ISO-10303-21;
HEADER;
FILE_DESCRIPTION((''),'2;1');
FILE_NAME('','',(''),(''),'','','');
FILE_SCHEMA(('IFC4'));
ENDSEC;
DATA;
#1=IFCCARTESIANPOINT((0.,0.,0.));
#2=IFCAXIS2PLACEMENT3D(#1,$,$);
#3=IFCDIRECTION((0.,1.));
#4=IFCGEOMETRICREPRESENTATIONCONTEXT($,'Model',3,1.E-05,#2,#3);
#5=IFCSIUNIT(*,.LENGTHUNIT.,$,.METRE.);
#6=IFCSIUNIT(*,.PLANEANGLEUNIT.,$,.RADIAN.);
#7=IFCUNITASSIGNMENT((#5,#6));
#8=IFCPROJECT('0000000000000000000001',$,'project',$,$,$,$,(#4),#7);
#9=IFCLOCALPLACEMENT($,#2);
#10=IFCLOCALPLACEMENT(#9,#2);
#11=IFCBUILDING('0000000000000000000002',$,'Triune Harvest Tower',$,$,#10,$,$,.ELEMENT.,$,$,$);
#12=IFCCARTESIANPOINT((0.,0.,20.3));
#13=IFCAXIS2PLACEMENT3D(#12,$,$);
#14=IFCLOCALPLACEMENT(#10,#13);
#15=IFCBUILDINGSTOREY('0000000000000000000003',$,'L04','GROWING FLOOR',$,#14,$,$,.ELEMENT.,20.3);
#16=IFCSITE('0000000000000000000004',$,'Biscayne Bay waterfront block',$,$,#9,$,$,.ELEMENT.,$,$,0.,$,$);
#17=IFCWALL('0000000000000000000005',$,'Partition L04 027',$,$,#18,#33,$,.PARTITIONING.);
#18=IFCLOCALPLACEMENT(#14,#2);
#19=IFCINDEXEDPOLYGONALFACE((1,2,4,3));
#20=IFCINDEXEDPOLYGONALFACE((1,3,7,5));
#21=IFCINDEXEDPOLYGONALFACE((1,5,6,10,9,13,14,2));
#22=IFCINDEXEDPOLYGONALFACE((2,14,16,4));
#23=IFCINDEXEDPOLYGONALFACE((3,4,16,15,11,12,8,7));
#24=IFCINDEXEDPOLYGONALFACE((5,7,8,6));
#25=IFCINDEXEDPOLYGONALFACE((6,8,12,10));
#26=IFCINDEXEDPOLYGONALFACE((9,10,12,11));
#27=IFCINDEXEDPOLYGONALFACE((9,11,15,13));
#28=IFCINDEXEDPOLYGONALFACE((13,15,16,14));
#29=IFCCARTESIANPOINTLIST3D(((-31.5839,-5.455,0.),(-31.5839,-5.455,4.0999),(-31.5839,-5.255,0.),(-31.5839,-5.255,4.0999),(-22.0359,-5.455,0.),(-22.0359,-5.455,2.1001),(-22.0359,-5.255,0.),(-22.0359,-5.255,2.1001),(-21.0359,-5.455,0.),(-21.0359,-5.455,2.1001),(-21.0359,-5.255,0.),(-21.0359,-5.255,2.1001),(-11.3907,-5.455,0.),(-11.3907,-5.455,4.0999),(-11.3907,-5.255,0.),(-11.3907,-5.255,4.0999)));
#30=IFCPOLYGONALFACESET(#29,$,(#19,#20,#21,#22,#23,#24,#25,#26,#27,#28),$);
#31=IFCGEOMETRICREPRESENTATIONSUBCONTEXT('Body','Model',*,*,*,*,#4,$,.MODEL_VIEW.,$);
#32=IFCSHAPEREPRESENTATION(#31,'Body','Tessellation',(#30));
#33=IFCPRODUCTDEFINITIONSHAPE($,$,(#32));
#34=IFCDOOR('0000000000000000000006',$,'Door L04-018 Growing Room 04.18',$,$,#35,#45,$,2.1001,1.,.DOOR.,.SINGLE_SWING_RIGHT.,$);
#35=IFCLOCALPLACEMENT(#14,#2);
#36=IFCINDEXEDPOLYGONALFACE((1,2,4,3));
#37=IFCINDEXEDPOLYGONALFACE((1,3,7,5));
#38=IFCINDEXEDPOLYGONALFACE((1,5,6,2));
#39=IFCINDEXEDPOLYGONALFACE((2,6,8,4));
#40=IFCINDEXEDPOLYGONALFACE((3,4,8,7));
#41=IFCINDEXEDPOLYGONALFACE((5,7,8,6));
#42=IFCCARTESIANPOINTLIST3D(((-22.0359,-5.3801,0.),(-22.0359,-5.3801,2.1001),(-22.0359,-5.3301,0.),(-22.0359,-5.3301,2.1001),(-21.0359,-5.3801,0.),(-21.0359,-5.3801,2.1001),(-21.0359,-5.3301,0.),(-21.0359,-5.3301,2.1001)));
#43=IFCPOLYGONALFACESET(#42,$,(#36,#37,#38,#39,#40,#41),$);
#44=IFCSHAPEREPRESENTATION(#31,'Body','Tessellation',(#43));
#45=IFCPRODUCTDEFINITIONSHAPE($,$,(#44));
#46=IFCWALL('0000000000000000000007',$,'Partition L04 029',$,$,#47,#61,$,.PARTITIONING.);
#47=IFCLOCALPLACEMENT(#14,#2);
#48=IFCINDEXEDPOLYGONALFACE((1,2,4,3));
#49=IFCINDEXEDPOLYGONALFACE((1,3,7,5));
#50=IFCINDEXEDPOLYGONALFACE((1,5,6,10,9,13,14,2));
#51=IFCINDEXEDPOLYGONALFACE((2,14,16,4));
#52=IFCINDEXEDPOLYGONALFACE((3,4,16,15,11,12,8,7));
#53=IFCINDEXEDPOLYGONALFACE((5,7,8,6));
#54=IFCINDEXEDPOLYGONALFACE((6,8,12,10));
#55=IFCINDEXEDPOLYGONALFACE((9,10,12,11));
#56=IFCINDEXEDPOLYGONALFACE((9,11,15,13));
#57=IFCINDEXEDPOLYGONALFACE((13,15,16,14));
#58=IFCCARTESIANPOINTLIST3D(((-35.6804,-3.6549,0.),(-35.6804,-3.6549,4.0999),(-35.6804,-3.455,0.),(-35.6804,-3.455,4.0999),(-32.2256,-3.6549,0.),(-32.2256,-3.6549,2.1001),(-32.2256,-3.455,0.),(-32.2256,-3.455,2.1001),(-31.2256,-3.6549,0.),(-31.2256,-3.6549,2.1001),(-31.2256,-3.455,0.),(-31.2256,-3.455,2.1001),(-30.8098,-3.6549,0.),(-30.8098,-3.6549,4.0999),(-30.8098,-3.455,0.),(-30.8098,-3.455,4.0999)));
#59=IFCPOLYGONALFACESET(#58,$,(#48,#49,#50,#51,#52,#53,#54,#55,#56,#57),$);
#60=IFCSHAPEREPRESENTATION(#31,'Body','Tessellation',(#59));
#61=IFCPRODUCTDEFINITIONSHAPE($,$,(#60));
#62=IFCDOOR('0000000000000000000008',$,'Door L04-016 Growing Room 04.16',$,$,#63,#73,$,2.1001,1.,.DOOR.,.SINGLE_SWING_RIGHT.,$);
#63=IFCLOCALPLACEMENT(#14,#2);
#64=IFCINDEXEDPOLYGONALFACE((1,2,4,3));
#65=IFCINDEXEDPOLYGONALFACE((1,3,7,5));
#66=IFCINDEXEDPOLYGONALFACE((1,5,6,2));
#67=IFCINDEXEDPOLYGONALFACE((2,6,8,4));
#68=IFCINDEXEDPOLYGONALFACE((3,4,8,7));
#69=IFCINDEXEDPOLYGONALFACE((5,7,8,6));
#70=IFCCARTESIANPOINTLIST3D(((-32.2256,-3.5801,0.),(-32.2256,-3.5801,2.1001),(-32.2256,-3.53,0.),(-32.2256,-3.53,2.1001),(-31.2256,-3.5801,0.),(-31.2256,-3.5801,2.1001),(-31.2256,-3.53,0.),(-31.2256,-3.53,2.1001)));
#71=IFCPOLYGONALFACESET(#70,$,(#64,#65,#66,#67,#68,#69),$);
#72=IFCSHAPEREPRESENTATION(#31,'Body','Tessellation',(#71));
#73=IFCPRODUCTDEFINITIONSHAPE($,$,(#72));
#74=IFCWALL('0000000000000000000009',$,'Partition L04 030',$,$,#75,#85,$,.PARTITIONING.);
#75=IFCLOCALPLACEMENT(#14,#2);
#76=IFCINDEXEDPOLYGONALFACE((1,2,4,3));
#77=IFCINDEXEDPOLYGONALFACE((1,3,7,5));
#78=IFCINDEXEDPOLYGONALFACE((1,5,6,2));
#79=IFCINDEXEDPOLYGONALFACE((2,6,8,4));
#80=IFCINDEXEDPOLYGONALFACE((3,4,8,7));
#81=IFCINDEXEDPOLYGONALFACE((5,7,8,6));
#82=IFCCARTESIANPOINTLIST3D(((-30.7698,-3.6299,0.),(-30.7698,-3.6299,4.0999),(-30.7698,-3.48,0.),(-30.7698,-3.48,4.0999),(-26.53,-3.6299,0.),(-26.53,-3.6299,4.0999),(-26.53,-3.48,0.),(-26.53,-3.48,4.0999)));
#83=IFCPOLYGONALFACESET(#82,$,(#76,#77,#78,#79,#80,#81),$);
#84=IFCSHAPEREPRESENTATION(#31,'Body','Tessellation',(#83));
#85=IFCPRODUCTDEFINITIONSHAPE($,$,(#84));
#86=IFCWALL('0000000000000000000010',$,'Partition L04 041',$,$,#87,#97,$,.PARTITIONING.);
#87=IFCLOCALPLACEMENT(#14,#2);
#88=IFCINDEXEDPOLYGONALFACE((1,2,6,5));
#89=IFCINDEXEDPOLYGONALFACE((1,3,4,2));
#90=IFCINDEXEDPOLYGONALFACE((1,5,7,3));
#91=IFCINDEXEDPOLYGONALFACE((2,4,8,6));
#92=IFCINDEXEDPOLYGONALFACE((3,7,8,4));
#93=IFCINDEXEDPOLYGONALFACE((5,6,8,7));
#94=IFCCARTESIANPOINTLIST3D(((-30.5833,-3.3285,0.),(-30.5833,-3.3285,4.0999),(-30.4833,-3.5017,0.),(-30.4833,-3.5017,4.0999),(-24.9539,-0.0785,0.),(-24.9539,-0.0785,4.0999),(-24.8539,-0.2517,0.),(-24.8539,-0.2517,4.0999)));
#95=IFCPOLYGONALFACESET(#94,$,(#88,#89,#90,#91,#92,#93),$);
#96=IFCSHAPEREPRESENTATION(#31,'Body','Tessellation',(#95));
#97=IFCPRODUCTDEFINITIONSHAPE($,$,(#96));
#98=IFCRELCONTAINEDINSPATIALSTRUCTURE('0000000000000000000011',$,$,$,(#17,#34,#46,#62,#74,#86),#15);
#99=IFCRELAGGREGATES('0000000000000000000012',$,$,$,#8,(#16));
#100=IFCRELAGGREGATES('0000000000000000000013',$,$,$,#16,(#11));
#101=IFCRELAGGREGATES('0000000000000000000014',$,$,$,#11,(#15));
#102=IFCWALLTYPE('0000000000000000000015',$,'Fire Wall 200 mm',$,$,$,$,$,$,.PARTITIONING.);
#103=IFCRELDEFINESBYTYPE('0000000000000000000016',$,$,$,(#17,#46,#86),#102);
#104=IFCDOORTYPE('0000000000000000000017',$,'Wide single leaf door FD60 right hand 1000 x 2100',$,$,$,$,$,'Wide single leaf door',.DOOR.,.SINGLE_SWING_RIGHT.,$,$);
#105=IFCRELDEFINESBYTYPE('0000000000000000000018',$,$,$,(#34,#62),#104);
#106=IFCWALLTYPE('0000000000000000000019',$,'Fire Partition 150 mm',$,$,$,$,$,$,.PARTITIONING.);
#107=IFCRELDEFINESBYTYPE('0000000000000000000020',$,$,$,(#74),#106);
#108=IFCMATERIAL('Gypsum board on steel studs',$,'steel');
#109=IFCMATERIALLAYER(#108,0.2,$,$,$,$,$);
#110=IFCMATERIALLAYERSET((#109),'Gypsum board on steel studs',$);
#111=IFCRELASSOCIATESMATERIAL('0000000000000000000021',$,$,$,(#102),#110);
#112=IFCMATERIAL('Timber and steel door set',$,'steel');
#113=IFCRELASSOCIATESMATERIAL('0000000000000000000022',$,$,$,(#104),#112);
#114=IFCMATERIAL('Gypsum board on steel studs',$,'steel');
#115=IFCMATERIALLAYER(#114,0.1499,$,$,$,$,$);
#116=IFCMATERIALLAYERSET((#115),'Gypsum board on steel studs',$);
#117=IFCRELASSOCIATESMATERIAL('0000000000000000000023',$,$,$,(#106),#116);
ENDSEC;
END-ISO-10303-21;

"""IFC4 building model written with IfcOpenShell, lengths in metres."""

from ifc_helpers import new_model, si_unit, direction, frame, frame_2d, origin, place, context, subcontext, project, spatial, rectangle, extrude, source, transform, mapped, material, layer, layer_set, type_object, element, fill, save


model = new_model("IFC4")

# Units and contexts
model_context = context("Model", 3, precision=1e-05, world=origin(), true_north=direction((0.0, 1.0)))
body_context = subcontext(model_context, "Body", "Model", "MODEL_VIEW")
ifc_project = project(units=[si_unit("LENGTHUNIT", "METRE"), si_unit("PLANEANGLEUNIT", "RADIAN")], contexts=[model_context])

# Site, building, storey
site_placement = place(None, origin())
site = spatial("IfcSite", under=ifc_project, at=site_placement, Name="Biscayne Bay waterfront block", CompositionType="ELEMENT", RefElevation=0.0)
building_placement = place(site_placement, origin())
building = spatial("IfcBuilding", under=site, at=building_placement, Name="Triune Harvest Tower", CompositionType="ELEMENT")
storey_placement = place(building_placement, frame((0.0, 0.0, 20.3)))
storey = spatial("IfcBuildingStorey", under=building, at=storey_placement, Name="L04", Description="GROWING FLOOR", CompositionType="ELEMENT", Elevation=20.3)

# Shared definitions
ifc_material_1 = material(Name="Gypsum board on steel studs", Category="steel")
ifc_layer_1 = layer(ifc_material_1, 0.2)
ifc_layer_set_1 = layer_set([ifc_layer_1], Name="Gypsum board on steel studs")
wall_type_1 = type_object("IfcWallType", Name="Fire Wall 200 mm", PredefinedType="PARTITIONING", material=ifc_layer_set_1)

# Walls, openings, doors
shared_shape_1 = source(origin(), body_context, "Body", "SweptSolid", [
    extrude(rectangle(XDim=20.1931, YDim=0.2, at=frame_2d((10.0967, 0.0))), origin(), (0.0, 0.0, 1.0), 4.0999),
])
wall_1_placement = place(storey_placement, frame((-31.584, -5.355, 0.0), z_axis=(0.0, 0.0, 1.0), x_axis=(1.0, 0.0, 0.0)))
wall_1 = element("IfcWall", 1, at=wall_1_placement, inside=storey, type_object=wall_type_1, Name="Partition L04 027", PredefinedType="PARTITIONING", context=body_context, shape_type="MappedRepresentation", body=[
    mapped(shared_shape_1, transform((0.0, 0.0, 0.0), scale=1.0)),
])
opening_1_placement = place(wall_1_placement, frame((9.5481, 0.0, 0.0)))
opening_1 = element("IfcOpeningElement", 2, at=opening_1_placement, cuts=wall_1, PredefinedType="OPENING", context=body_context, shape_type="SweptSolid", body=[
    extrude(rectangle(XDim=1.0, YDim=2.1001, at=frame_2d((0.5, 1.05))), frame((0.0, 0.1099, 0.0), z_axis=(0.0, -1.0, 0.0), x_axis=(1.0, 0.0, 0.0)), (0.0, 0.0, 1.0), 0.22),
])
ifc_material_2 = material(Name="Timber and steel door set", Category="steel")
door_type = type_object("IfcDoorType", Name="Wide single leaf door FD60 right hand 1000 x 2100", ElementType="Wide single leaf door", OperationType="SINGLE_SWING_RIGHT", PredefinedType="DOOR", material=ifc_material_2)
door_1_placement = place(opening_1_placement, origin())
door_1 = element("IfcDoor", 3, at=door_1_placement, inside=storey, type_object=door_type, Name="Door L04-018 Growing Room 04.18", OperationType="SINGLE_SWING_RIGHT", OverallHeight=2.1001, OverallWidth=1.0, PredefinedType="DOOR", context=body_context, shape_type="SweptSolid", body=[
    extrude(rectangle(XDim=1.0, YDim=2.1001, at=frame_2d((0.5, 1.05))), frame((0.0, 0.0249, 0.0), z_axis=(0.0, -1.0, 0.0), x_axis=(1.0, 0.0, 0.0)), (0.0, 0.0, 1.0), 0.05),
])
fill(opening_1, door_1)
shared_shape_2 = source(origin(), body_context, "Body", "SweptSolid", [
    extrude(rectangle(XDim=4.8706, YDim=0.2, at=frame_2d((2.4353, 0.0))), origin(), (0.0, 0.0, 1.0), 4.0999),
])
wall_2_placement = place(storey_placement, frame((-35.6804, -3.5549, 0.0), z_axis=(0.0, 0.0, 1.0), x_axis=(1.0, 0.0, 0.0)))
wall_2 = element("IfcWall", 4, at=wall_2_placement, inside=storey, type_object=wall_type_1, Name="Partition L04 029", PredefinedType="PARTITIONING", context=body_context, shape_type="MappedRepresentation", body=[
    mapped(shared_shape_2, transform((0.0, 0.0, 0.0), scale=1.0)),
])
opening_2_placement = place(wall_2_placement, frame((3.4548, 0.0, 0.0)))
opening_2 = element("IfcOpeningElement", 5, at=opening_2_placement, cuts=wall_2, PredefinedType="OPENING", context=body_context, shape_type="SweptSolid", body=[
    extrude(rectangle(XDim=1.0, YDim=2.1001, at=frame_2d((0.5, 1.05))), frame((0.0, 0.1099, 0.0), z_axis=(0.0, -1.0, 0.0), x_axis=(1.0, 0.0, 0.0)), (0.0, 0.0, 1.0), 0.22),
])
door_2_placement = place(opening_2_placement, origin())
door_2 = element("IfcDoor", 6, at=door_2_placement, inside=storey, type_object=door_type, Name="Door L04-016 Growing Room 04.16", OperationType="SINGLE_SWING_RIGHT", OverallHeight=2.1001, OverallWidth=1.0, PredefinedType="DOOR", context=body_context, shape_type="SweptSolid", body=[
    extrude(rectangle(XDim=1.0, YDim=2.1001, at=frame_2d((0.5, 1.05))), frame((0.0, 0.0249, 0.0), z_axis=(0.0, -1.0, 0.0), x_axis=(1.0, 0.0, 0.0)), (0.0, 0.0, 1.0), 0.05),
])
fill(opening_2, door_2)

# Walls
ifc_material_3 = material(Name="Gypsum board on steel studs", Category="steel")
ifc_layer_2 = layer(ifc_material_3, 0.1499)
ifc_layer_set_2 = layer_set([ifc_layer_2], Name="Gypsum board on steel studs")
wall_type_2 = type_object("IfcWallType", Name="Fire Partition 150 mm", PredefinedType="PARTITIONING", material=ifc_layer_set_2)
shared_shape_3 = source(origin(), body_context, "Body", "SweptSolid", [
    extrude(rectangle(XDim=4.2397, YDim=0.1499, at=frame_2d((2.1199, 0.0))), origin(), (0.0, 0.0, 1.0), 4.0999),
])
wall_3_placement = place(storey_placement, frame((-30.7698, -3.5549, 0.0), z_axis=(0.0, 0.0, 1.0), x_axis=(1.0, 0.0, 0.0)))
element("IfcWall", 7, at=wall_3_placement, inside=storey, type_object=wall_type_2, Name="Partition L04 030", PredefinedType="PARTITIONING", context=body_context, shape_type="MappedRepresentation", body=[
    mapped(shared_shape_3, transform((0.0, 0.0, 0.0), scale=1.0)),
])
shared_shape_4 = source(origin(), body_context, "Body", "SweptSolid", [
    extrude(rectangle(XDim=6.5002, YDim=0.2, at=frame_2d((3.25, 0.0))), origin(), (0.0, 0.0, 1.0), 4.0999),
])
wall_4_placement = place(storey_placement, frame((-30.5332, -3.415, 0.0), z_axis=(0.0, 0.0, 1.0), x_axis=(0.866034, 0.499985, 0.0)))
element("IfcWall", 8, at=wall_4_placement, inside=storey, type_object=wall_type_1, Name="Partition L04 041", PredefinedType="PARTITIONING", context=body_context, shape_type="MappedRepresentation", body=[
    mapped(shared_shape_4, transform((0.0, 0.0, 0.0), scale=1.0)),
])

save(model, "model.ifc")
